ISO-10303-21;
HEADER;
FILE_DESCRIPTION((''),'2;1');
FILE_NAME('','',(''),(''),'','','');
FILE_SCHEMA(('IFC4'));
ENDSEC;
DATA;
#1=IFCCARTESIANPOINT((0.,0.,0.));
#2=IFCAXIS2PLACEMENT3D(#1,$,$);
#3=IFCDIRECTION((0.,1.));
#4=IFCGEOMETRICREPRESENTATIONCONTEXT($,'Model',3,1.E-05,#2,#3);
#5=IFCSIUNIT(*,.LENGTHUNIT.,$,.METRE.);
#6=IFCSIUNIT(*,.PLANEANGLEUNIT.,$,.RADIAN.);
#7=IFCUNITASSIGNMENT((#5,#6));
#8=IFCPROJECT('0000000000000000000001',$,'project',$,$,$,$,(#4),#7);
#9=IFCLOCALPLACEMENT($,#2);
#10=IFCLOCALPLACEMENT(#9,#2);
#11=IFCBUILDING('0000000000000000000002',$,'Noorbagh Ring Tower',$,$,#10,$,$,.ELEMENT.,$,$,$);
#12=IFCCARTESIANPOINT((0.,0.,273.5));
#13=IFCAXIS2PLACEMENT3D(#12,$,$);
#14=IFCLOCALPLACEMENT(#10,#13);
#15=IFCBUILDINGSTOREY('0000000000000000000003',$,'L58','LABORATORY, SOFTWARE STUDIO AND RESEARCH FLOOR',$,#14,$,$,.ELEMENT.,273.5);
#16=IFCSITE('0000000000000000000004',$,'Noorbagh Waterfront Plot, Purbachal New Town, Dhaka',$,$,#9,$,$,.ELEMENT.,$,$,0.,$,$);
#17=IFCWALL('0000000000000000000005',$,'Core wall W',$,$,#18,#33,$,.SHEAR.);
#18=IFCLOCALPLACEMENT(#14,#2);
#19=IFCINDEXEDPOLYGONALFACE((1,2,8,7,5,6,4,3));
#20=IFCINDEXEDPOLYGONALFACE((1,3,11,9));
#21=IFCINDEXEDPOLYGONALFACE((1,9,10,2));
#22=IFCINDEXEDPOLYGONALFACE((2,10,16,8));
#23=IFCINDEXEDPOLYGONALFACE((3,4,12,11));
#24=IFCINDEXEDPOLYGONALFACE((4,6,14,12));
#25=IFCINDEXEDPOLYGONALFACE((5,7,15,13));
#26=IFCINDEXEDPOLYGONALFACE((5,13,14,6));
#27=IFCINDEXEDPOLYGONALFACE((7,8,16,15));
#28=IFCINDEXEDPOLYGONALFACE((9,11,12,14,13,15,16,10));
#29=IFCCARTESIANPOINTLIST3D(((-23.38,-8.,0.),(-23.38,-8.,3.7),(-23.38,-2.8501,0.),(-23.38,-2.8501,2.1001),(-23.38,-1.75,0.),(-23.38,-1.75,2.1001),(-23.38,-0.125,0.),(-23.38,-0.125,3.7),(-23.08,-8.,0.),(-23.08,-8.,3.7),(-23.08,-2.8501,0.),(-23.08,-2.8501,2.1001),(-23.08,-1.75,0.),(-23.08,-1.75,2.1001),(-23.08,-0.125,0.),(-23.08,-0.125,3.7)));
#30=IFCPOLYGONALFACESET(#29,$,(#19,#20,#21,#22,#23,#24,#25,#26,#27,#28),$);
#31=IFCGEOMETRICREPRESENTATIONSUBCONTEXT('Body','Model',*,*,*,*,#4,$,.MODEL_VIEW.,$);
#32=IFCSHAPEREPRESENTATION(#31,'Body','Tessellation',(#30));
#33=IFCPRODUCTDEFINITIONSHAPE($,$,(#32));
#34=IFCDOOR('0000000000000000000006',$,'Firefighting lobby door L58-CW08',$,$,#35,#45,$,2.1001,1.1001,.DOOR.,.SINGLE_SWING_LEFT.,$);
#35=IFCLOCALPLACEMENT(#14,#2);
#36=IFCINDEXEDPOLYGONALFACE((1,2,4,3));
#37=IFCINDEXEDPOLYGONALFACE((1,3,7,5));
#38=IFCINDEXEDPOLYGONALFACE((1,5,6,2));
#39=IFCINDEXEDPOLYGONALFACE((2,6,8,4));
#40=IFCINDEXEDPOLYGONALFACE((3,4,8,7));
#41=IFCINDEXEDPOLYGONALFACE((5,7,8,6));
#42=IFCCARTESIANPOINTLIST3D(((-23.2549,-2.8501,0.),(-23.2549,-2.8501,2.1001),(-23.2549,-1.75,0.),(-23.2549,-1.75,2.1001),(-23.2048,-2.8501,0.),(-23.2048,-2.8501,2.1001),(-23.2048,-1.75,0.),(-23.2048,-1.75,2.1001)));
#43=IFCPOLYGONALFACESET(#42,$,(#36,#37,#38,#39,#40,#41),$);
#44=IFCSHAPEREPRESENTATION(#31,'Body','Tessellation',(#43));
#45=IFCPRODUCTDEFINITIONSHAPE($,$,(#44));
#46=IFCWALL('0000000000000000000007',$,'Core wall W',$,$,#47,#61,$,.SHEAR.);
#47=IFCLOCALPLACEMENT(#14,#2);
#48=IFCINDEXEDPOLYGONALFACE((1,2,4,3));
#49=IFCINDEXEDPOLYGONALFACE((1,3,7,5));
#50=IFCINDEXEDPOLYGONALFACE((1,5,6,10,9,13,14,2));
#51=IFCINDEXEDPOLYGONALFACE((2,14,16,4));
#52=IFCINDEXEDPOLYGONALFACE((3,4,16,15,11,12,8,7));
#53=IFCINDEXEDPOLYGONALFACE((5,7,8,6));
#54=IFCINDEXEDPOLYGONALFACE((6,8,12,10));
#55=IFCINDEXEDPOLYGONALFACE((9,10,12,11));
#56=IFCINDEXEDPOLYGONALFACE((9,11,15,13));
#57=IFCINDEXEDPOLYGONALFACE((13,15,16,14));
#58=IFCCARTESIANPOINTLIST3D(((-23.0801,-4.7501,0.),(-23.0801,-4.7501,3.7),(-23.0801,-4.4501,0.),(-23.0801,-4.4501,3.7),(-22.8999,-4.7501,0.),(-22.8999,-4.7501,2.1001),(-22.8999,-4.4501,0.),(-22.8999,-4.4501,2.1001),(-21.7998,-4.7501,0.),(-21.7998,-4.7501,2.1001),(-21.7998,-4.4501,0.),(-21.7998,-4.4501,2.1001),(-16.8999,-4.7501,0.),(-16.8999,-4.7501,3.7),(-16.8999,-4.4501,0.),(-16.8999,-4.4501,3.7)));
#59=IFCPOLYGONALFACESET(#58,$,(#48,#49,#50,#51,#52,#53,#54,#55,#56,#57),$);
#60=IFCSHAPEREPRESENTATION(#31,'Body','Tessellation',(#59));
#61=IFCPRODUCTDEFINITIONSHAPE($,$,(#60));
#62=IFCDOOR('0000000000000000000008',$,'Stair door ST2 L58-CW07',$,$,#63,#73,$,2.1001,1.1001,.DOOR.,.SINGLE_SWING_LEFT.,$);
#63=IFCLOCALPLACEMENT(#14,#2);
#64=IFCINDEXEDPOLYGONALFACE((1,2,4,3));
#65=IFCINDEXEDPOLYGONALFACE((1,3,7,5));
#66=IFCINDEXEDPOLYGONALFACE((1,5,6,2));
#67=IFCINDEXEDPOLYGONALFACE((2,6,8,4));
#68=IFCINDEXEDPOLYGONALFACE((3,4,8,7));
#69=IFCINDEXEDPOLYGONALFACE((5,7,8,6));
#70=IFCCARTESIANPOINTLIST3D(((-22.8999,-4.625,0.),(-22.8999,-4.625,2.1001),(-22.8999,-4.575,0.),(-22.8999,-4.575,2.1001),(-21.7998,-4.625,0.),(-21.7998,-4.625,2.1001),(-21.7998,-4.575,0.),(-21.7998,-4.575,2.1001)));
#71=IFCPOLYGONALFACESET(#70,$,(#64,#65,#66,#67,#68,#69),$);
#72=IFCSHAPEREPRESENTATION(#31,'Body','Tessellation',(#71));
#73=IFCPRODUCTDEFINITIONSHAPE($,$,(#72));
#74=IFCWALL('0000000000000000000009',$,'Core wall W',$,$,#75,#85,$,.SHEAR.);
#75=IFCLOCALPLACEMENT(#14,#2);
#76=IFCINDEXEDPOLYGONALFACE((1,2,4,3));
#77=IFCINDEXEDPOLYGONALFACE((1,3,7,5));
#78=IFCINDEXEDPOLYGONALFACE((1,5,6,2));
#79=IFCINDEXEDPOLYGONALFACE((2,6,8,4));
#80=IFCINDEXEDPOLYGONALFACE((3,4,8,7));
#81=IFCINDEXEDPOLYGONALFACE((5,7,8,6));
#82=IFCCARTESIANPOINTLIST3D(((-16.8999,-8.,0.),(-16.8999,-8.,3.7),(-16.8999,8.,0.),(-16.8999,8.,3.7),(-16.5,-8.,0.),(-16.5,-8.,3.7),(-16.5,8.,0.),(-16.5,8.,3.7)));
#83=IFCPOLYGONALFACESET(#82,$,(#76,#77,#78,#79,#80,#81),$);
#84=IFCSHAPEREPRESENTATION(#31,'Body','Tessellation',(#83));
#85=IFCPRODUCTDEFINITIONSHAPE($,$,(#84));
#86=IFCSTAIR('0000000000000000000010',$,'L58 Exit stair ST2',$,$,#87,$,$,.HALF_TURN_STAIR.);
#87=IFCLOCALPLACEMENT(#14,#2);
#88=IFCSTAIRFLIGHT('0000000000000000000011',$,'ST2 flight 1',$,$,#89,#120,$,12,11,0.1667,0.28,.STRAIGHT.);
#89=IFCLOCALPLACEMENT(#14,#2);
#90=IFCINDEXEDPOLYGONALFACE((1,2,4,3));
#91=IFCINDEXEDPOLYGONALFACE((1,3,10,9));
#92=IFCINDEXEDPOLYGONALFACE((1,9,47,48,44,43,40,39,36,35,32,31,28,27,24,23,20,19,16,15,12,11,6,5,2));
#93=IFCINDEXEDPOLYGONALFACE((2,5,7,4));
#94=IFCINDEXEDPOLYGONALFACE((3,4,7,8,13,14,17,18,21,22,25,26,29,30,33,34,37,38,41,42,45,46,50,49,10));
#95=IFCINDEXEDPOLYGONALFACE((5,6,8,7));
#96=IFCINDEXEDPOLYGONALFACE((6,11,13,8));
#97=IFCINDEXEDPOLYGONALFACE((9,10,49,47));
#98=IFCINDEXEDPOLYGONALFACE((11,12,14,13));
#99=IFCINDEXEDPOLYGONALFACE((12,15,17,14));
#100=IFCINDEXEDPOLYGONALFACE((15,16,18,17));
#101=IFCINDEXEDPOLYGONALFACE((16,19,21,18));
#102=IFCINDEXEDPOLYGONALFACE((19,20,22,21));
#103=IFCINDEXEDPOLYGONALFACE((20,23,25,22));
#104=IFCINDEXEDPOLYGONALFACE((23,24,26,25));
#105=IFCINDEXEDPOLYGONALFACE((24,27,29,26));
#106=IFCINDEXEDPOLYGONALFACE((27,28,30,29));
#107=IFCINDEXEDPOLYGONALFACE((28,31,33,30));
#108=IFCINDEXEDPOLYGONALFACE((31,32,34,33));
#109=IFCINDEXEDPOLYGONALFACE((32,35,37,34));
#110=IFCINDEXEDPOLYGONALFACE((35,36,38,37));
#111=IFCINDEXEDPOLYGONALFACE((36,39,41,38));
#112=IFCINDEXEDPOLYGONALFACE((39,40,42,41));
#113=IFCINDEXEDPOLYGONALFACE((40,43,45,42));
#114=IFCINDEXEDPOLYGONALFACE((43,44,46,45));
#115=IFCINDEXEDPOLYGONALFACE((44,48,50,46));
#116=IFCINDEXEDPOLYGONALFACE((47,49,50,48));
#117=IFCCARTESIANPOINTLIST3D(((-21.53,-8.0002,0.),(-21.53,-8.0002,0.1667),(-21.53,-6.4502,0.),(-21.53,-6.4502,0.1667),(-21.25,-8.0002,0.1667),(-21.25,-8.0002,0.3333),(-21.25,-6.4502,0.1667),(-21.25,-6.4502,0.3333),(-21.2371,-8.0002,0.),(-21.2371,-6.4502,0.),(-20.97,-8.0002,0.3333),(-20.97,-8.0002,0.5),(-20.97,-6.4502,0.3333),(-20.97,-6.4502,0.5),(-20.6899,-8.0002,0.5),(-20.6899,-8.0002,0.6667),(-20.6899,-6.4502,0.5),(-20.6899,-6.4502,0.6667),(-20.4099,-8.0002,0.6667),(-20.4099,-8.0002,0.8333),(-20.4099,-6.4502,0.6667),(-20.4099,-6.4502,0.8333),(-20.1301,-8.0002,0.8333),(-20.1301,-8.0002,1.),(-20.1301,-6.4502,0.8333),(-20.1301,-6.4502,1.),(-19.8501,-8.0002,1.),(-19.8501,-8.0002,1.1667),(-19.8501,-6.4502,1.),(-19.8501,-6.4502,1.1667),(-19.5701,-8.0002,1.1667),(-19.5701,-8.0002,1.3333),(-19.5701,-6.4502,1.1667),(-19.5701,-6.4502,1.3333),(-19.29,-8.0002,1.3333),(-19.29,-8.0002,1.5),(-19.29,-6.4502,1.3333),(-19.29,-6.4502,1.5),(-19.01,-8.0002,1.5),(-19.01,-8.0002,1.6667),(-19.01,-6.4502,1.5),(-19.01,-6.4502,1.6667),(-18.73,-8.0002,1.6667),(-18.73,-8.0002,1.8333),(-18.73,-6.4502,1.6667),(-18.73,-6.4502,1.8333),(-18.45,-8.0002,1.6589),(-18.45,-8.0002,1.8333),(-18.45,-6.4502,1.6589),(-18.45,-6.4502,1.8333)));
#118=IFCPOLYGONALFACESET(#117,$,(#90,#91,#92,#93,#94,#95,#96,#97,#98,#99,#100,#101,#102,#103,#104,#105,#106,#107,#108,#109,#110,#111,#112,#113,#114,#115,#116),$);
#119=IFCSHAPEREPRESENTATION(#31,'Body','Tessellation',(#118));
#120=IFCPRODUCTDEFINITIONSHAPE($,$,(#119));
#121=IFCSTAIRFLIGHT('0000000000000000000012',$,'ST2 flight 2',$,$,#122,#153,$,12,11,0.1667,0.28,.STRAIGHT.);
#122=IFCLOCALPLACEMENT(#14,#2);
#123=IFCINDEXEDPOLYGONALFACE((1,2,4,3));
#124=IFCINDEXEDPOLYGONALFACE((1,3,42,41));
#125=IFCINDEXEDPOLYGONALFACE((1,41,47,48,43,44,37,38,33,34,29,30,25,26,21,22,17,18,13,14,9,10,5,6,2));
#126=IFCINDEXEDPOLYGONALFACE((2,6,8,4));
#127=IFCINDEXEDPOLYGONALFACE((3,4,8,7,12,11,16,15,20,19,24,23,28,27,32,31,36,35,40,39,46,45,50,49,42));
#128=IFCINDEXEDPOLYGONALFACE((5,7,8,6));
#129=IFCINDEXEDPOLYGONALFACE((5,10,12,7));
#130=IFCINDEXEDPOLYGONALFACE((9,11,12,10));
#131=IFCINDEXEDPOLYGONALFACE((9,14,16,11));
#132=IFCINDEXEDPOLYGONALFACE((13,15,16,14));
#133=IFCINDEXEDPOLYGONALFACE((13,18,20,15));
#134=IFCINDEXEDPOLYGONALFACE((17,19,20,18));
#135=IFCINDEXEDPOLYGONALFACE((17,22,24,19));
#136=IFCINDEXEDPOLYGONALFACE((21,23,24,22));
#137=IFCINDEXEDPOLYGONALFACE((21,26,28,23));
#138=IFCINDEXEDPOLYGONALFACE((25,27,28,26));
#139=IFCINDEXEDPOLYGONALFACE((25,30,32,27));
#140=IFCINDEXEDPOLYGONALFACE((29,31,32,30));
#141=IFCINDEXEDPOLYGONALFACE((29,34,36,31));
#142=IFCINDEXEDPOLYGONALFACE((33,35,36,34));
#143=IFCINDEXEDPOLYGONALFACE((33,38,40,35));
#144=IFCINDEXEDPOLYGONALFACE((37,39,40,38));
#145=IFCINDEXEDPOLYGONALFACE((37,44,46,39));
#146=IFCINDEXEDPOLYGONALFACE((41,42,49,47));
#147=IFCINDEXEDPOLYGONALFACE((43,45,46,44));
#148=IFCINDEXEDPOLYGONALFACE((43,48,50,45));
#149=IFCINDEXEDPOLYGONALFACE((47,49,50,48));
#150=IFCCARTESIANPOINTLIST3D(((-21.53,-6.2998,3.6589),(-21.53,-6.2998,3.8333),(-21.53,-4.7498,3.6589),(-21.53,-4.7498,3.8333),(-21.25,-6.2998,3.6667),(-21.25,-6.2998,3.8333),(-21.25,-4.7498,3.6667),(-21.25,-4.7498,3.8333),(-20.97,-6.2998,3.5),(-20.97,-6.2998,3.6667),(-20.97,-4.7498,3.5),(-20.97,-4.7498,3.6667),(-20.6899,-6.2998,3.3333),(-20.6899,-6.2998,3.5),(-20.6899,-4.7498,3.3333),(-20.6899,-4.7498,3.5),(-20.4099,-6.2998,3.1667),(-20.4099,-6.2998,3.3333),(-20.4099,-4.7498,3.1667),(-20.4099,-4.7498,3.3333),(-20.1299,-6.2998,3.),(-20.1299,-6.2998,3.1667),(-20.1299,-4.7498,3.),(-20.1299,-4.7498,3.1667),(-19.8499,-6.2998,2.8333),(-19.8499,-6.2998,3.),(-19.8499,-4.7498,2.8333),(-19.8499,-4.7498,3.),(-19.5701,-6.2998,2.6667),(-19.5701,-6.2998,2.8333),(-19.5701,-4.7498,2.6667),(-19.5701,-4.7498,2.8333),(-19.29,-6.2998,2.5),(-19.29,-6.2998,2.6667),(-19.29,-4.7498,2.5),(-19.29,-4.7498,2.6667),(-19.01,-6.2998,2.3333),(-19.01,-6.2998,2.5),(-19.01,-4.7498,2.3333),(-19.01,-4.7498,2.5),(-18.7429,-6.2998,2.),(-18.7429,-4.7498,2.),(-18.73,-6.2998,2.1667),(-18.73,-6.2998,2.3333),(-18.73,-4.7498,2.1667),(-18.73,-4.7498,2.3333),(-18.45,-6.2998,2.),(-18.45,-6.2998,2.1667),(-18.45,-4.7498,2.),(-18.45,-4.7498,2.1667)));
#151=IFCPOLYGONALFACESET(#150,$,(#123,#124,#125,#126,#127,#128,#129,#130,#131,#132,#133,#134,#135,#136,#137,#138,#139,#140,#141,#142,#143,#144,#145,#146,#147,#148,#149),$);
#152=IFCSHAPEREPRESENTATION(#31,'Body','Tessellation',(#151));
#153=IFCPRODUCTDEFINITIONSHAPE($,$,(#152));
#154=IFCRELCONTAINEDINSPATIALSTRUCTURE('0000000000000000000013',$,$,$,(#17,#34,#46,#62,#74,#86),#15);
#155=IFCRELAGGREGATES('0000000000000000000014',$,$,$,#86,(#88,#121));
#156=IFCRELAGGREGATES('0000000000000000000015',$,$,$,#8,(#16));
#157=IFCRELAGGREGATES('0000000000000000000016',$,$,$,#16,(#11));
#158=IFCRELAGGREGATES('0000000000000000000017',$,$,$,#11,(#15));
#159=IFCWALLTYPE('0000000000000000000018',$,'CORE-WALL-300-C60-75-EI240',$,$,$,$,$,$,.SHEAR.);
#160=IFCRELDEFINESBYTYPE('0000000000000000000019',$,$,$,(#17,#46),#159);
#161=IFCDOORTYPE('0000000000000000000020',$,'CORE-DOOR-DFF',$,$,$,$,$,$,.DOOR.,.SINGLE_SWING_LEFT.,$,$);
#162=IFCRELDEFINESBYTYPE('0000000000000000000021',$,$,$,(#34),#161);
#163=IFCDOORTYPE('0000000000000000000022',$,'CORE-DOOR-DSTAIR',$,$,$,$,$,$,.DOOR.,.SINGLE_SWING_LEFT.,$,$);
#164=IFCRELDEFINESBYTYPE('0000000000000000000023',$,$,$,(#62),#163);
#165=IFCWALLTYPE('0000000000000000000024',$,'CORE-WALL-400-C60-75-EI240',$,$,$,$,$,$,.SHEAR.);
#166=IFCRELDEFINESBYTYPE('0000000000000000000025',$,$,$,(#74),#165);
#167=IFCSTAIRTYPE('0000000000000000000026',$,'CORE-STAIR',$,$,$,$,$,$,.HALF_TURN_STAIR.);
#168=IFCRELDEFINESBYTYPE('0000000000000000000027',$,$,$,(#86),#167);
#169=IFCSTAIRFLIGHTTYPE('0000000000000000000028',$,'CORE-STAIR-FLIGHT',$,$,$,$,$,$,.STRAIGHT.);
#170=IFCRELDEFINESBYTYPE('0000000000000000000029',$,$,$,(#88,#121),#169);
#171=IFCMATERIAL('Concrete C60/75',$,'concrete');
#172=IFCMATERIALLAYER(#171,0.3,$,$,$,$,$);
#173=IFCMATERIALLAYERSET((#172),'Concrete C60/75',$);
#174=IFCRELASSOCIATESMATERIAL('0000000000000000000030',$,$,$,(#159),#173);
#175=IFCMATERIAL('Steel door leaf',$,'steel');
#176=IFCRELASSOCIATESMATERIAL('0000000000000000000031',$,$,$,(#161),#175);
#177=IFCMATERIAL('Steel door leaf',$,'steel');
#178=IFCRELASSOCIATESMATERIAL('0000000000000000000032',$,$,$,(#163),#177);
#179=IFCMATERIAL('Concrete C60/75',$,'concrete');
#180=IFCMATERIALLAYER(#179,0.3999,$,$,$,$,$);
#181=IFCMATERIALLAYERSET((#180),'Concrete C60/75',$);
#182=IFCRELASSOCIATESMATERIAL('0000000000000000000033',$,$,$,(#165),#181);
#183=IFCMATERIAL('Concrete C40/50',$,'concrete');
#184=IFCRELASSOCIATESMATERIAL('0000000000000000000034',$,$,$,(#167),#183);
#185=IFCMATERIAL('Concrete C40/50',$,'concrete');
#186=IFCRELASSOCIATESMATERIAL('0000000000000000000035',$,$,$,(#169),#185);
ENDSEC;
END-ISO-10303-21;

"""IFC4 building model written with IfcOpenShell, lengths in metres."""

from ifc_helpers import new_model, si_unit, direction, frame, frame_2d, origin, place, context, subcontext, project, spatial, polyline, rectangle, outline, extrude, material, layer, layer_set, type_object, element, fill, aggregate, save


model = new_model("IFC4")

# Units and contexts
model_context = context("Model", 3, precision=1e-05, world=origin(), true_north=direction((0.0, 1.0)))
body_context = subcontext(model_context, "Body", "Model", "MODEL_VIEW")
ifc_project = project(units=[si_unit("LENGTHUNIT", "METRE"), si_unit("PLANEANGLEUNIT", "RADIAN")], contexts=[model_context])

# Site, building, storey
site_placement = place(None, origin())
site = spatial("IfcSite", under=ifc_project, at=site_placement, Name="Noorbagh Waterfront Plot, Purbachal New Town, Dhaka", CompositionType="ELEMENT", RefElevation=0.0)
building_placement = place(site_placement, origin())
building = spatial("IfcBuilding", under=site, at=building_placement, Name="Noorbagh Ring Tower", CompositionType="ELEMENT")
storey_placement = place(building_placement, frame((0.0, 0.0, 273.5)))
storey = spatial("IfcBuildingStorey", under=building, at=storey_placement, Name="L58", Description="LABORATORY, SOFTWARE STUDIO AND RESEARCH FLOOR", CompositionType="ELEMENT", Elevation=273.5)

# Shared definitions
ifc_material_1 = material(Name="Concrete C60/75", Category="concrete")
ifc_layer_1 = layer(ifc_material_1, 0.3)
ifc_layer_set_1 = layer_set([ifc_layer_1], Name="Concrete C60/75")
wall_type_1 = type_object("IfcWallType", Name="CORE-WALL-300-C60-75-EI240", PredefinedType="SHEAR", material=ifc_layer_set_1)

# Walls, openings, doors
wall_1_placement = place(storey_placement, frame((-23.23, -8.0, 0.0), z_axis=(0.0, 0.0, 1.0), x_axis=(0.0, 1.0, 0.0)))
wall_1 = element("IfcWall", 1, at=wall_1_placement, inside=storey, type_object=wall_type_1, Name="Core wall W", PredefinedType="SHEAR", context=body_context, shape_type="SweptSolid", body=[
    extrude(rectangle(XDim=7.875, YDim=0.3, at=frame_2d((3.9375, 0.0))), origin(), (0.0, 0.0, 1.0), 3.7),
])
opening_1_placement = place(wall_1_placement, frame((5.1499, 0.0, 0.0)))
opening_1 = element("IfcOpeningElement", 2, at=opening_1_placement, cuts=wall_1, PredefinedType="OPENING", context=body_context, shape_type="SweptSolid", body=[
    extrude(rectangle(XDim=1.1001, YDim=2.1001, at=frame_2d((0.55, 1.05))), frame((0.0, 0.1602, 0.0), z_axis=(0.0, -1.0, 0.0), x_axis=(1.0, 0.0, 0.0)), (0.0, 0.0, 1.0), 0.3201),
])
ifc_material_2 = material(Name="Steel door leaf", Category="steel")
door_type_1 = type_object("IfcDoorType", Name="CORE-DOOR-DFF", OperationType="SINGLE_SWING_LEFT", PredefinedType="DOOR", material=ifc_material_2)
door_1_placement = place(opening_1_placement, origin())
door_1 = element("IfcDoor", 3, at=door_1_placement, inside=storey, type_object=door_type_1, Name="Firefighting lobby door L58-CW08", OperationType="SINGLE_SWING_LEFT", OverallHeight=2.1001, OverallWidth=1.1001, PredefinedType="DOOR", context=body_context, shape_type="SweptSolid", body=[
    extrude(rectangle(XDim=1.1001, YDim=2.1001, at=frame_2d((0.55, 1.05))), frame((0.0, 0.0249, 0.0), z_axis=(0.0, -1.0, 0.0), x_axis=(1.0, 0.0, 0.0)), (0.0, 0.0, 1.0), 0.05),
])
fill(opening_1, door_1)
wall_2_placement = place(storey_placement, frame((-16.8999, -4.6001, 0.0), z_axis=(0.0, 0.0, 1.0), x_axis=(-1.0, 0.0, 0.0)))
wall_2 = element("IfcWall", 4, at=wall_2_placement, inside=storey, type_object=wall_type_1, Name="Core wall W", PredefinedType="SHEAR", context=body_context, shape_type="SweptSolid", body=[
    extrude(rectangle(XDim=6.1802, YDim=0.3, at=frame_2d((3.0901, 0.0))), origin(), (0.0, 0.0, 1.0), 3.7),
])
opening_2_placement = place(wall_2_placement, frame((4.8999, 0.0, 0.0)))
opening_2 = element("IfcOpeningElement", 5, at=opening_2_placement, cuts=wall_2, PredefinedType="OPENING", context=body_context, shape_type="SweptSolid", body=[
    extrude(rectangle(XDim=1.1001, YDim=2.1001, at=frame_2d((0.55, 1.05))), frame((0.0, 0.1602, 0.0), z_axis=(0.0, -1.0, 0.0), x_axis=(1.0, 0.0, 0.0)), (0.0, 0.0, 1.0), 0.3201),
])
ifc_material_3 = material(Name="Steel door leaf", Category="steel")
door_type_2 = type_object("IfcDoorType", Name="CORE-DOOR-DSTAIR", OperationType="SINGLE_SWING_LEFT", PredefinedType="DOOR", material=ifc_material_3)
door_2_placement = place(opening_2_placement, origin())
door_2 = element("IfcDoor", 6, at=door_2_placement, inside=storey, type_object=door_type_2, Name="Stair door ST2 L58-CW07", OperationType="SINGLE_SWING_LEFT", OverallHeight=2.1001, OverallWidth=1.1001, PredefinedType="DOOR", context=body_context, shape_type="SweptSolid", body=[
    extrude(rectangle(XDim=1.1001, YDim=2.1001, at=frame_2d((0.55, 1.05))), frame((0.0, 0.0249, 0.0), z_axis=(0.0, -1.0, 0.0), x_axis=(1.0, 0.0, 0.0)), (0.0, 0.0, 1.0), 0.05),
])
fill(opening_2, door_2)

# Wall
ifc_material_4 = material(Name="Concrete C60/75", Category="concrete")
ifc_layer_2 = layer(ifc_material_4, 0.3999)
ifc_layer_set_2 = layer_set([ifc_layer_2], Name="Concrete C60/75")
wall_type_2 = type_object("IfcWallType", Name="CORE-WALL-400-C60-75-EI240", PredefinedType="SHEAR", material=ifc_layer_set_2)
wall_3_placement = place(storey_placement, frame((-16.7, -8.0, 0.0), z_axis=(0.0, 0.0, 1.0), x_axis=(0.0, 1.0, 0.0)))
element("IfcWall", 7, at=wall_3_placement, inside=storey, type_object=wall_type_2, Name="Core wall W", PredefinedType="SHEAR", context=body_context, shape_type="SweptSolid", body=[
    extrude(rectangle(XDim=16.0, YDim=0.3999, at=frame_2d((8.0, 0.0))), origin(), (0.0, 0.0, 1.0), 3.7),
])

# Stair, stair flights
ifc_material_5 = material(Name="Concrete C40/50", Category="concrete")
stair_type = type_object("IfcStairType", Name="CORE-STAIR", PredefinedType="HALF_TURN_STAIR", material=ifc_material_5)
stair_placement = place(storey_placement, origin())
stair = element("IfcStair", 8, at=stair_placement, inside=storey, type_object=stair_type, Name="L58 Exit stair ST2", PredefinedType="HALF_TURN_STAIR")
ifc_material_6 = material(Name="Concrete C40/50", Category="concrete")
stair_flight_type = type_object("IfcStairFlightType", Name="CORE-STAIR-FLIGHT", PredefinedType="STRAIGHT", material=ifc_material_6)
stair_flight_1_placement = place(storey_placement, frame((-21.53, -7.2251, 0.0), z_axis=(0.0, 0.0, 1.0), x_axis=(1.0, 0.0, 0.0)))
stair_flight_1 = element("IfcStairFlight", 9, at=stair_flight_1_placement, type_object=stair_flight_type, Name="ST2 flight 1", NumberOfRisers=12, NumberOfTreads=11, PredefinedType="STRAIGHT", RiserHeight=0.1667, TreadLength=0.28, context=body_context, shape_type="SweptSolid", body=[
    extrude(outline(polyline([(0.0, 0.0), (0.0, 0.1667), (0.28, 0.1667), (0.28, 0.3333), (0.5601, 0.3333), (0.5601, 0.5), (0.8401, 0.5), (0.8401, 0.6667), (1.1201, 0.6667), (1.1201, 0.8333), (1.3999, 0.8333), (1.3999, 1.0), (1.6799, 1.0), (1.6799, 1.1667), (1.96, 1.1667), (1.96, 1.3333), (2.24, 1.3333), (2.24, 1.5), (2.52, 1.5), (2.52, 1.6667), (2.8, 1.6667), (2.8, 1.8333), (3.0801, 1.8333), (3.0801, 2.0), (3.0801, 1.6589), (0.293, 0.0), (0.0, 0.0)])), frame((0.0, 0.7749, 0.0), z_axis=(0.0, -1.0, 0.0), x_axis=(1.0, 0.0, 0.0)), (0.0, 0.0, 1.0), 1.55),
])
stair_flight_2_placement = place(storey_placement, frame((-18.45, -5.5249, 2.0), z_axis=(0.0, 0.0, 1.0), x_axis=(-1.0, 0.0, 0.0)))
stair_flight_2 = element("IfcStairFlight", 10, at=stair_flight_2_placement, type_object=stair_flight_type, Name="ST2 flight 2", NumberOfRisers=12, NumberOfTreads=11, PredefinedType="STRAIGHT", RiserHeight=0.1667, TreadLength=0.28, context=body_context, shape_type="SweptSolid", body=[
    extrude(outline(polyline([(0.0, 0.0), (0.0, 0.1667), (0.28, 0.1667), (0.28, 0.3333), (0.5601, 0.3333), (0.5601, 0.5), (0.8401, 0.5), (0.8401, 0.6667), (1.1201, 0.6667), (1.1201, 0.8333), (1.3999, 0.8333), (1.3999, 1.0), (1.6799, 1.0), (1.6799, 1.1667), (1.96, 1.1667), (1.96, 1.3333), (2.24, 1.3333), (2.24, 1.5), (2.52, 1.5), (2.52, 1.6667), (2.8, 1.6667), (2.8, 1.8333), (3.0801, 1.8333), (3.0801, 2.0), (3.0801, 1.6589), (0.293, 0.0), (0.0, 0.0)])), frame((0.0, 0.7749, 0.0), z_axis=(0.0, -1.0, 0.0), x_axis=(1.0, 0.0, 0.0)), (0.0, 0.0, 1.0), 1.55),
])
aggregate(stair, [stair_flight_1, stair_flight_2])

save(model, "model.ifc")
